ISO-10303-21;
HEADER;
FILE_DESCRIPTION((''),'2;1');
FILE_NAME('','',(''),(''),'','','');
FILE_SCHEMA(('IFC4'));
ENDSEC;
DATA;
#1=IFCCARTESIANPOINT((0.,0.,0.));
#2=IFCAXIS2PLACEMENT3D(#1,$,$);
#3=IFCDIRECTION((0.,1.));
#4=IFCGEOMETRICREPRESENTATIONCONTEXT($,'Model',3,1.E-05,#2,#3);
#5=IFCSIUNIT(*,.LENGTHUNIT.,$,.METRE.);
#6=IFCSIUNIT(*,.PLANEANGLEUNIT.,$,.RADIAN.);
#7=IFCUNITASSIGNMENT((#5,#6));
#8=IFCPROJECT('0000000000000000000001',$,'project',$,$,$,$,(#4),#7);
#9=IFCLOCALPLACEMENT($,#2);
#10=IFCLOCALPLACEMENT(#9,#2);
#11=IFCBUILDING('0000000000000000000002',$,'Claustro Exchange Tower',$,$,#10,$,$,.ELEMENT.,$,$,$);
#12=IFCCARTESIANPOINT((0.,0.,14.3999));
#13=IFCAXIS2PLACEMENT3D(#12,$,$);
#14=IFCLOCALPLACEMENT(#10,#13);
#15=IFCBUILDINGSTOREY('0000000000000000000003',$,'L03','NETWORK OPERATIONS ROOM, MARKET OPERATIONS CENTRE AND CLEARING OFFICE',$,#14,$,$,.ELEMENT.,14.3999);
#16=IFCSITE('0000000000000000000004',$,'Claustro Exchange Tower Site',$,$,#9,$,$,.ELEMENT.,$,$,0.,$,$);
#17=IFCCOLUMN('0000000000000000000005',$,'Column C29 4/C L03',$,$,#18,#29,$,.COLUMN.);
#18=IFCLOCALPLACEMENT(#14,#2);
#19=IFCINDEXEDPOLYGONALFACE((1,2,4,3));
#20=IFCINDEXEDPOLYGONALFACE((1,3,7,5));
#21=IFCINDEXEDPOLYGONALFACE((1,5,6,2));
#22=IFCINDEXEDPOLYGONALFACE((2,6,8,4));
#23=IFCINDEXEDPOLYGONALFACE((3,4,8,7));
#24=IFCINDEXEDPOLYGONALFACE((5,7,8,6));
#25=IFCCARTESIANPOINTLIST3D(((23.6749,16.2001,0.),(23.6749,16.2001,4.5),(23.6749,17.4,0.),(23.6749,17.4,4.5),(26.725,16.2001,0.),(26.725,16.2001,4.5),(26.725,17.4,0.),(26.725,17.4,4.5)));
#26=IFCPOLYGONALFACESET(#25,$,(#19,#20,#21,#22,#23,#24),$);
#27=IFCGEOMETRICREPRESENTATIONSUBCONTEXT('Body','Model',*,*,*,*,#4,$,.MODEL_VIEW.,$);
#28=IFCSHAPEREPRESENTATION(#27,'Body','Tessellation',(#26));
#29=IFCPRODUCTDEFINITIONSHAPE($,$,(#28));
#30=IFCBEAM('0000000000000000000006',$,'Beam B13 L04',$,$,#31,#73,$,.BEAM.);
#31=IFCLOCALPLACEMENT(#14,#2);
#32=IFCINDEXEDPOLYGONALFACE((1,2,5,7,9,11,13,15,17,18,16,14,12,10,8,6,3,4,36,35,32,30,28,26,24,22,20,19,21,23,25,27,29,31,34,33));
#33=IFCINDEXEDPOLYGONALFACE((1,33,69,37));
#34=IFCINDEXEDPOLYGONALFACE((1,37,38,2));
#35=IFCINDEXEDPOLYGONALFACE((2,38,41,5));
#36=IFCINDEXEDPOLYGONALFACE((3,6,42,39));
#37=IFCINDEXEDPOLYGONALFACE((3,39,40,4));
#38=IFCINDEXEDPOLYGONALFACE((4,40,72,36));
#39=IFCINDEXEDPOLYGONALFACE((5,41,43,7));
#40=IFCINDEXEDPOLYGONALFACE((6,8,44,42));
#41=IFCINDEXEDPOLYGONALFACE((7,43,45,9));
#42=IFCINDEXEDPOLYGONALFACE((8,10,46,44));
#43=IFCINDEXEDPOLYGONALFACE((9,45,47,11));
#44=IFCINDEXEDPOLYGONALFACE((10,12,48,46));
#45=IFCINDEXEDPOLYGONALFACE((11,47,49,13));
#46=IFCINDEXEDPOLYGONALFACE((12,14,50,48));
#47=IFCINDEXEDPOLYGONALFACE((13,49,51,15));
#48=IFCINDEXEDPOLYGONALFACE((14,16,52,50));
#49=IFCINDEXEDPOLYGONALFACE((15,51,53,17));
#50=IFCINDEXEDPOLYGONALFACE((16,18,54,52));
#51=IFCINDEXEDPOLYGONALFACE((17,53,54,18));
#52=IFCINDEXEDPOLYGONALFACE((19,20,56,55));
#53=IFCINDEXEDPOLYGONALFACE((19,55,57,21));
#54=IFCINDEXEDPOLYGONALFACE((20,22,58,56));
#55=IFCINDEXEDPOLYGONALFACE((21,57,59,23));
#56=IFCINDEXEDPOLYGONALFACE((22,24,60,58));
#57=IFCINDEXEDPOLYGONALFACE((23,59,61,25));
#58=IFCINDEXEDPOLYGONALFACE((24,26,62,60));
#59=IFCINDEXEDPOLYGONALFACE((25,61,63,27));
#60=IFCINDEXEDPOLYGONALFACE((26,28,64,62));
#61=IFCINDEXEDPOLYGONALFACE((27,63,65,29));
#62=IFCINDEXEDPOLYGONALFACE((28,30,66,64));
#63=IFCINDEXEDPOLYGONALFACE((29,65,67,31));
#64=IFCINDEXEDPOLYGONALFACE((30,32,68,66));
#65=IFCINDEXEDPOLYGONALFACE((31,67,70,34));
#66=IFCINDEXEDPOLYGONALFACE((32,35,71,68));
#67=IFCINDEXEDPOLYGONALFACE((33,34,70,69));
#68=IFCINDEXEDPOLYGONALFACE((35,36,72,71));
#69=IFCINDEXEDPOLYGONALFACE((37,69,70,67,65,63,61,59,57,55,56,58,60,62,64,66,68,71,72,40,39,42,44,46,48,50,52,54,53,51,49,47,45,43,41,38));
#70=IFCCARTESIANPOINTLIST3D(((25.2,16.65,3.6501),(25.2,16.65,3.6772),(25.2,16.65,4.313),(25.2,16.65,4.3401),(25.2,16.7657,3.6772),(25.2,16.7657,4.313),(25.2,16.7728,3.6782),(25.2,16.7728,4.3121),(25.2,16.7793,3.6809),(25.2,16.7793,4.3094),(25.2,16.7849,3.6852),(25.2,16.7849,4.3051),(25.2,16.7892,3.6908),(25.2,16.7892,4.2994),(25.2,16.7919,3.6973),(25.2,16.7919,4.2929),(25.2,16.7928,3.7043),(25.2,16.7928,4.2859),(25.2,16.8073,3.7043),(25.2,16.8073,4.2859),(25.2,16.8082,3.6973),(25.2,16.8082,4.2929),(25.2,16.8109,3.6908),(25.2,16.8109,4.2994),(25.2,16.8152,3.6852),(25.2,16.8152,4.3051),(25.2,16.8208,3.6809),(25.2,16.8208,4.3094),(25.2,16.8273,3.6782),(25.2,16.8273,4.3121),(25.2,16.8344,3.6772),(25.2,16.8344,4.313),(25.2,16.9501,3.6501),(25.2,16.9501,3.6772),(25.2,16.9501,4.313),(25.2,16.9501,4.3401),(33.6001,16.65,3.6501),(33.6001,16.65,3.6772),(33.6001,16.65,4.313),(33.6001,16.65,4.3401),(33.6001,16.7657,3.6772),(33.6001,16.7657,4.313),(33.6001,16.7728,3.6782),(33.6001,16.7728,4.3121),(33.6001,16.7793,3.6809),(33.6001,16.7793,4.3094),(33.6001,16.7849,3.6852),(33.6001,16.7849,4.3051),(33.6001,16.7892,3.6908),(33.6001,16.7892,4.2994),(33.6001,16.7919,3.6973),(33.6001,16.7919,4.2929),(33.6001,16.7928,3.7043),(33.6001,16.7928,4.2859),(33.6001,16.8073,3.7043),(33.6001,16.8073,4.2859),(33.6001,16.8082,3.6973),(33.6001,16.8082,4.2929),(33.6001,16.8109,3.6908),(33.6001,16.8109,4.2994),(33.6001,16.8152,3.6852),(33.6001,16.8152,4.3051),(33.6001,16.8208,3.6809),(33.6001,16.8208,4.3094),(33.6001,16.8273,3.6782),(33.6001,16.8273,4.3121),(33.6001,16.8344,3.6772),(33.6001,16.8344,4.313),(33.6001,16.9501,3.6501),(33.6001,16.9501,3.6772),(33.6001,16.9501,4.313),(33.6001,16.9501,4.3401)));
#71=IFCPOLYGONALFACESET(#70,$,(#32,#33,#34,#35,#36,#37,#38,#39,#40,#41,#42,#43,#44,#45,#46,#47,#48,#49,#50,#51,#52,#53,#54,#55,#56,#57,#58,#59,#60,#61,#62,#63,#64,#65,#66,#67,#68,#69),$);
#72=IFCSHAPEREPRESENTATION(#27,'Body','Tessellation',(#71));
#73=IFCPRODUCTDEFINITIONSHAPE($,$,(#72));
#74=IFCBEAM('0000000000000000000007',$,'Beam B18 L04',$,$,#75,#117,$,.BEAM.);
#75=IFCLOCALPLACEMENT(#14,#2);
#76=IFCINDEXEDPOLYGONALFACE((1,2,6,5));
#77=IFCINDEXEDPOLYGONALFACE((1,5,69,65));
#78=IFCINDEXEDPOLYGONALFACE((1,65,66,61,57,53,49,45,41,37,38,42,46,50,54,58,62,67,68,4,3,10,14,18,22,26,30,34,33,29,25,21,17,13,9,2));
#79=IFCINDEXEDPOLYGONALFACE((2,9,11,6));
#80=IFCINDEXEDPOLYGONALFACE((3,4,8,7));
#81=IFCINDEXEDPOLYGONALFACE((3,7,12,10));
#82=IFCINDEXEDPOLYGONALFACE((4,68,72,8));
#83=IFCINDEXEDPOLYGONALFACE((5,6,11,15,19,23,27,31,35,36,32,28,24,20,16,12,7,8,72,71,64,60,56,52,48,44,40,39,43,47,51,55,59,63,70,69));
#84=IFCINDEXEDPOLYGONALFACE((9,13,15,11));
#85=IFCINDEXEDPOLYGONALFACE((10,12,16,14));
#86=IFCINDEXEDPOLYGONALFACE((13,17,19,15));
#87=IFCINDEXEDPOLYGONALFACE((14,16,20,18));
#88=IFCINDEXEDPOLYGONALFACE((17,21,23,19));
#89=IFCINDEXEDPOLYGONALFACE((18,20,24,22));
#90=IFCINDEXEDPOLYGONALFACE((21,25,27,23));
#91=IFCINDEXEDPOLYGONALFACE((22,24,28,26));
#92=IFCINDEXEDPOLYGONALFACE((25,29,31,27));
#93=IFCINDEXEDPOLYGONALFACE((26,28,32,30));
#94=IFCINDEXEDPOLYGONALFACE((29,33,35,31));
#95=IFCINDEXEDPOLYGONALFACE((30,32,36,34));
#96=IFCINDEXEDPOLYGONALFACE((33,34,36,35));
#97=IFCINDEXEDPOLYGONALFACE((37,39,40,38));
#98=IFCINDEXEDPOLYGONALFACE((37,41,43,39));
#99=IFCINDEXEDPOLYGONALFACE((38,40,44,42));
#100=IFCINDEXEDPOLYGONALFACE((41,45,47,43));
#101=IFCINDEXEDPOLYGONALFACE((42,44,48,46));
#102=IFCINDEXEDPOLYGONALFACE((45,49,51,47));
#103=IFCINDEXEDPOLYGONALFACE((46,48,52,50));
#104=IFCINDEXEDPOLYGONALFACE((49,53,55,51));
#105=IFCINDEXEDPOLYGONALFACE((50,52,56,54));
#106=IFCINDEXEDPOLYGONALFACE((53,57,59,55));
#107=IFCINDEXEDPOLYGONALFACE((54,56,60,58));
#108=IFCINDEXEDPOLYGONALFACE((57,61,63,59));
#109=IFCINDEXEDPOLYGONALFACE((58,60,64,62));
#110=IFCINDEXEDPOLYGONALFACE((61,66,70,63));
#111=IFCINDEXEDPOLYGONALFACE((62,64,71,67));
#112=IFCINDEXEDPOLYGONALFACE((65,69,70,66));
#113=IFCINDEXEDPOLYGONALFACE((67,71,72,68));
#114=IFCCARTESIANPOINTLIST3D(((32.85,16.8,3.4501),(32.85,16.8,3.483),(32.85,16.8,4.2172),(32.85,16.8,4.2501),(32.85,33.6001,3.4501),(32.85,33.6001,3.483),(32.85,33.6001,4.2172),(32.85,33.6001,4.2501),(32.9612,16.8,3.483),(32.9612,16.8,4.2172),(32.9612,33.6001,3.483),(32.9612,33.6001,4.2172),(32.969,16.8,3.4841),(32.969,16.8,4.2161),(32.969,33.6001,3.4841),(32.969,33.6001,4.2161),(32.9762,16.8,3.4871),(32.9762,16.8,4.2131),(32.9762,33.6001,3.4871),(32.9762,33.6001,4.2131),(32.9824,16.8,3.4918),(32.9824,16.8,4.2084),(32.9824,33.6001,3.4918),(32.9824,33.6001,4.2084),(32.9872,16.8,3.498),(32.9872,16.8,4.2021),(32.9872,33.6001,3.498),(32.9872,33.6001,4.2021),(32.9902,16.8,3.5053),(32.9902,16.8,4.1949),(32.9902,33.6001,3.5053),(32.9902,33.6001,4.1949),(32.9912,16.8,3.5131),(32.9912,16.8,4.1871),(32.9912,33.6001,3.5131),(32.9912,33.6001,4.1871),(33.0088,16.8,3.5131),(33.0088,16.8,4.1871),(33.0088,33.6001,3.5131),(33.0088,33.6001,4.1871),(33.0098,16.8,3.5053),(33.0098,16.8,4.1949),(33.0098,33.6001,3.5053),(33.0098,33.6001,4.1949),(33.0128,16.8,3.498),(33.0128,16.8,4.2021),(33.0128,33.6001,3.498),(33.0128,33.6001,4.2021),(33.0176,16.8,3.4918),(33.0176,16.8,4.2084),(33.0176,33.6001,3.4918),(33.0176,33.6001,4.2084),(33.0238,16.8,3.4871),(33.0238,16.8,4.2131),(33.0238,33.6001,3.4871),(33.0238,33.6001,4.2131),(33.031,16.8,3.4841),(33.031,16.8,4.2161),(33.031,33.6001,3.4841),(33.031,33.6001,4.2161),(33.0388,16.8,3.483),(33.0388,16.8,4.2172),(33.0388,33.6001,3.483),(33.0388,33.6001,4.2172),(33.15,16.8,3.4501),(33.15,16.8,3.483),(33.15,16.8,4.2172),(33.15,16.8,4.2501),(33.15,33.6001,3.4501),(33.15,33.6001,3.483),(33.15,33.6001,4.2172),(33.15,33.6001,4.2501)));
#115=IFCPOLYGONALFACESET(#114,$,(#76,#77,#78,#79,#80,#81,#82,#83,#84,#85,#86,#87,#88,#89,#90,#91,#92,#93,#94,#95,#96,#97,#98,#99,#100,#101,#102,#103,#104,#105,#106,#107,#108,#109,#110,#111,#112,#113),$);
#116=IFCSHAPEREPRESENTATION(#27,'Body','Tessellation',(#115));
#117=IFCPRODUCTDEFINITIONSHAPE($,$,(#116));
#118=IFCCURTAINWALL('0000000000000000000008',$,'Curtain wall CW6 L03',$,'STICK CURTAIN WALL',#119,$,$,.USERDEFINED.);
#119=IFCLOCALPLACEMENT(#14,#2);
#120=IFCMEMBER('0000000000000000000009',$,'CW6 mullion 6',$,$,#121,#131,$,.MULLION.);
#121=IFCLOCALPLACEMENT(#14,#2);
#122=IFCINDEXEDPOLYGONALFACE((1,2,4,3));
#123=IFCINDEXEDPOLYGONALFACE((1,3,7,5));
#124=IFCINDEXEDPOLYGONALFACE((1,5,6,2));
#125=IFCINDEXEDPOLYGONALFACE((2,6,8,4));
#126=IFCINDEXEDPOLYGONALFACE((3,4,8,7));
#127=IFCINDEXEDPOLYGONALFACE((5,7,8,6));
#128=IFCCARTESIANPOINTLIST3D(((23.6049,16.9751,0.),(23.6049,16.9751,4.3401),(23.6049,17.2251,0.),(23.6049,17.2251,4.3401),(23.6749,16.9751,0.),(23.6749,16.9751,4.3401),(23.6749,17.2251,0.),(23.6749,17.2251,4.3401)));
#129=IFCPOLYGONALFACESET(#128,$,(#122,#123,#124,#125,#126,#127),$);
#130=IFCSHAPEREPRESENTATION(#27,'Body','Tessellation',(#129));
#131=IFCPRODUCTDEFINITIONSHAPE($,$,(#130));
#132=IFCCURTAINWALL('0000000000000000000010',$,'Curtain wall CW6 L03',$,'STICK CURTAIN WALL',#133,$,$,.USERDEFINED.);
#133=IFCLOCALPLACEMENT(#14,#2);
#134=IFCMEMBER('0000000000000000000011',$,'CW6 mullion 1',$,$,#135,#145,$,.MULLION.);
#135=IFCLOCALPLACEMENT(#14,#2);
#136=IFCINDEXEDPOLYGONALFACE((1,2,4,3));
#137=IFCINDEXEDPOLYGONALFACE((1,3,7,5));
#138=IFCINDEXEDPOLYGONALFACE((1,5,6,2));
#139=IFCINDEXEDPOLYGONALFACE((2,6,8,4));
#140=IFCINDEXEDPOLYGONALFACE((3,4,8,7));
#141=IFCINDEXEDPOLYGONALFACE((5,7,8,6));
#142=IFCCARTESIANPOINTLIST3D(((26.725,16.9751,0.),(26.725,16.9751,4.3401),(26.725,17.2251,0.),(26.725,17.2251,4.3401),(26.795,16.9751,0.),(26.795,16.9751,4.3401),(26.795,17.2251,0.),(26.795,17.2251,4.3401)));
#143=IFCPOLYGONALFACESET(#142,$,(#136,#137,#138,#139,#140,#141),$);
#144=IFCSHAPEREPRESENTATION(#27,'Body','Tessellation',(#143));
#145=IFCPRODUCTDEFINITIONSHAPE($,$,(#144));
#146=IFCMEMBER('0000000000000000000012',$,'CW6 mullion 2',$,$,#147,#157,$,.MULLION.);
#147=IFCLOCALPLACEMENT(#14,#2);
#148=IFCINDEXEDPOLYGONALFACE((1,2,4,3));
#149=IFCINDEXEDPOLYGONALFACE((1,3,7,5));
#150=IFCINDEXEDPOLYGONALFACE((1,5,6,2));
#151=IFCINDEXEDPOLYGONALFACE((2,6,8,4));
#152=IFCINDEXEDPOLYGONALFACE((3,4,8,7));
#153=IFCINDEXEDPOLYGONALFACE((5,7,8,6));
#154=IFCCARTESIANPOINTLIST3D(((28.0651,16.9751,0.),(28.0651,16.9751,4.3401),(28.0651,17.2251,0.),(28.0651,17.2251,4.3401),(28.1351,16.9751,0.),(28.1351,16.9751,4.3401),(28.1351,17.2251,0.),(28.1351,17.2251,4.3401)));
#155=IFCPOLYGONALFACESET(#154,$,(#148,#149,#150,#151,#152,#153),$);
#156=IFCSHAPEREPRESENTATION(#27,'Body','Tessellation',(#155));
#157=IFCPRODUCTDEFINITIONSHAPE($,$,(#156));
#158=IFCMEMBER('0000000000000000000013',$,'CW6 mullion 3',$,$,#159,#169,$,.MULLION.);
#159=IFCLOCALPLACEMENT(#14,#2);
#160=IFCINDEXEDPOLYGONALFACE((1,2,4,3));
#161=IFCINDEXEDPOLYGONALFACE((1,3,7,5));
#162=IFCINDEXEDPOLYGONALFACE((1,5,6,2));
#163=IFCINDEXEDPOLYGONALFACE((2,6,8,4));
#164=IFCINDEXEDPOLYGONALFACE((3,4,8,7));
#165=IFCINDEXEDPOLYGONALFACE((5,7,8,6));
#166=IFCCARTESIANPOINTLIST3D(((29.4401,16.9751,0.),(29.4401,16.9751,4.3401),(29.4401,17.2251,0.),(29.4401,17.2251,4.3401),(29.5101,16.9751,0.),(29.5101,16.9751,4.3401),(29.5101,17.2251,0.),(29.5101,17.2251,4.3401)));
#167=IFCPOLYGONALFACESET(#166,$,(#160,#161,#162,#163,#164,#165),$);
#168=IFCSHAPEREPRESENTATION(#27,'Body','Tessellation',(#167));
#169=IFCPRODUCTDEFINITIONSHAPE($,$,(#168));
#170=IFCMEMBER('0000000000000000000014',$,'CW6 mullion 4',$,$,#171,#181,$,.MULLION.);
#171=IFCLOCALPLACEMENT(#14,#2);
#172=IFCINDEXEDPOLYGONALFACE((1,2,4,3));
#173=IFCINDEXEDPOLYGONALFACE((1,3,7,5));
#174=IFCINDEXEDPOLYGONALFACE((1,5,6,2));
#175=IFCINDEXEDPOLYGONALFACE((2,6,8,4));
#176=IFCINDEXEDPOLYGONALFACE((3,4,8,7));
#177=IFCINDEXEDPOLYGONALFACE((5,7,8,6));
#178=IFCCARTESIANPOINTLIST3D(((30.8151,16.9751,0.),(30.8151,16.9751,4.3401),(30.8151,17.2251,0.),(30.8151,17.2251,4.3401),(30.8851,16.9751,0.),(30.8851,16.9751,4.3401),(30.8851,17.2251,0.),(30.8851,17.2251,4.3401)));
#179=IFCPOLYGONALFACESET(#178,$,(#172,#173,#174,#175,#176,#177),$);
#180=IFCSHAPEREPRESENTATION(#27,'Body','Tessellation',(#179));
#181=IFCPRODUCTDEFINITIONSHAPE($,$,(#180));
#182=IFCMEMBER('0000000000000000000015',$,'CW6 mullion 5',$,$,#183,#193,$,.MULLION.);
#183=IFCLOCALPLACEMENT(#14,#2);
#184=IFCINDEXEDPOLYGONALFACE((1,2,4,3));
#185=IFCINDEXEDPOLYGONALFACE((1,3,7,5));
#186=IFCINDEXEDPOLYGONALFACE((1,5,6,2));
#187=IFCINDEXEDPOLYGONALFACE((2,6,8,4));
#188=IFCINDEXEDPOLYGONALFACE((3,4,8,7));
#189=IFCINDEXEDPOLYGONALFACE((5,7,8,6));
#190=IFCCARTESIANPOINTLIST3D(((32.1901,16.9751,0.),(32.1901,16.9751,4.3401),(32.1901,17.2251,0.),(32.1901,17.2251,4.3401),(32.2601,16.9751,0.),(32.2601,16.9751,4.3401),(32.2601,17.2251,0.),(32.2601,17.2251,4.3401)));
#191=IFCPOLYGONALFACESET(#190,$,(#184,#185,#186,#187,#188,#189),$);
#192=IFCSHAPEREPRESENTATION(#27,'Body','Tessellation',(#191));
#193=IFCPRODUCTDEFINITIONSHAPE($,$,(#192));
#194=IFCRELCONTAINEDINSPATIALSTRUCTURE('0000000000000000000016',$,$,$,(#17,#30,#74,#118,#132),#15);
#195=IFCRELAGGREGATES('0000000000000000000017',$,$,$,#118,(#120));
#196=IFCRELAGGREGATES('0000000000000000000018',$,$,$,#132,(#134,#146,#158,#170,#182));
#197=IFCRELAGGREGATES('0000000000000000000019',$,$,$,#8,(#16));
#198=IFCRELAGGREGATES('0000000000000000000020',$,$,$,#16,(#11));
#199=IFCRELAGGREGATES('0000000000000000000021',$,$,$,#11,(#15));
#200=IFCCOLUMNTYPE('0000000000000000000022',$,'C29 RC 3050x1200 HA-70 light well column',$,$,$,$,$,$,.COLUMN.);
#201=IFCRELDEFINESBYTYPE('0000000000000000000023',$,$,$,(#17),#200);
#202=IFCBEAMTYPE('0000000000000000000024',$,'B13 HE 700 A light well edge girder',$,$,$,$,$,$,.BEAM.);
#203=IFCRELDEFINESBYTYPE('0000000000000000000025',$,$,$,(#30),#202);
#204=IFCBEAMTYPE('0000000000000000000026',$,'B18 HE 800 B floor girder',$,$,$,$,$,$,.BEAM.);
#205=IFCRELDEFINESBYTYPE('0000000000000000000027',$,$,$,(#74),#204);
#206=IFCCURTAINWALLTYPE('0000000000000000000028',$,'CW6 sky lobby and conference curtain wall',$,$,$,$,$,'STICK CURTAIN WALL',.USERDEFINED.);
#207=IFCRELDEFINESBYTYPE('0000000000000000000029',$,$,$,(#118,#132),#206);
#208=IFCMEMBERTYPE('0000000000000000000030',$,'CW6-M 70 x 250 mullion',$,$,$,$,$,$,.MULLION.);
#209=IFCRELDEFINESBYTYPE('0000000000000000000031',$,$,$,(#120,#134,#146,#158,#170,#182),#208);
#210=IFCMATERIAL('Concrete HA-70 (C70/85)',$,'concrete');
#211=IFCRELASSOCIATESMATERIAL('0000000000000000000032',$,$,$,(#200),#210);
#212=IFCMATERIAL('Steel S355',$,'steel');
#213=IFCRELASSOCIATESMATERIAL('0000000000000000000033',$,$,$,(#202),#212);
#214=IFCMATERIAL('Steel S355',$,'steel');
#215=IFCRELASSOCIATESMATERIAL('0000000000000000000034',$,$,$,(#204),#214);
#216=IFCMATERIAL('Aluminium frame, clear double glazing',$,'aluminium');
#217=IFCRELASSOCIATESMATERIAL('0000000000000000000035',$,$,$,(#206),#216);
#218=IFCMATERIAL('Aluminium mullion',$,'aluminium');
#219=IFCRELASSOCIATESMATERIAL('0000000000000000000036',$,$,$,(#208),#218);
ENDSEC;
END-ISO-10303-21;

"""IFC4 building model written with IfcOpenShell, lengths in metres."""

from ifc_helpers import new_model, si_unit, direction, frame, origin, origin_2d, place, context, subcontext, project, spatial, rectangle, i_section, extrude, material, material_profile, profile_set, type_object, element, aggregate, save


model = new_model("IFC4")

# Units and contexts
model_context = context("Model", 3, precision=1e-05, world=origin(), true_north=direction((0.0, 1.0)))
body_context = subcontext(model_context, "Body", "Model", "MODEL_VIEW")
ifc_project = project(units=[si_unit("LENGTHUNIT", "METRE"), si_unit("PLANEANGLEUNIT", "RADIAN")], contexts=[model_context])

# Site, building, storey
site_placement = place(None, origin())
site = spatial("IfcSite", under=ifc_project, at=site_placement, Name="Claustro Exchange Tower Site", CompositionType="ELEMENT", RefElevation=0.0)
building_placement = place(site_placement, origin())
building = spatial("IfcBuilding", under=site, at=building_placement, Name="Claustro Exchange Tower", CompositionType="ELEMENT")
storey_placement = place(building_placement, frame((0.0, 0.0, 14.3999)))
storey = spatial("IfcBuildingStorey", under=building, at=storey_placement, Name="L03", Description="NETWORK OPERATIONS ROOM, MARKET OPERATIONS CENTRE AND CLEARING OFFICE", CompositionType="ELEMENT", Elevation=14.3999)

# Column
ifc_material_1 = material(Name="Concrete HA-70 (C70/85)", Category="concrete")
ifc_material_profile_1 = material_profile(ifc_material_1, rectangle(XDim=3.05, YDim=1.2, at=origin_2d()), Name="RC 3050x1200")
ifc_profile_set_1 = profile_set([ifc_material_profile_1], Name="Concrete HA-70 (C70/85)")
column_type = type_object("IfcColumnType", Name="C29 RC 3050x1200 HA-70 light well column", PredefinedType="COLUMN", material=ifc_profile_set_1)
column_placement = place(storey_placement, frame((25.2, 16.8, 0.0), z_axis=(0.0, 0.0, 1.0), x_axis=(1.0, 0.0, 0.0)))
element("IfcColumn", 1, at=column_placement, inside=storey, type_object=column_type, Name="Column C29 4/C L03", PredefinedType="COLUMN", context=body_context, shape_type="SweptSolid", body=[
    extrude(rectangle(XDim=3.05, YDim=1.2, at=origin_2d()), origin(), (0.0, 0.0, 1.0), 4.5),
])

# Beams
ifc_material_2 = material(Name="Steel S355", Category="steel")
ifc_material_profile_2 = material_profile(ifc_material_2, i_section(OverallWidth=0.3, OverallDepth=0.6899, WebThickness=0.0144, FlangeThickness=0.0271, FilletRadius=0.0271, at=origin_2d()), Name="HE 700 A")
ifc_profile_set_2 = profile_set([ifc_material_profile_2], Name="Steel S355")
beam_type_1 = type_object("IfcBeamType", Name="B13 HE 700 A light well edge girder", PredefinedType="BEAM", material=ifc_profile_set_2)
beam_1_placement = place(storey_placement, frame((25.2, 16.8, 3.9951), z_axis=(1.0, 0.0, 0.0), x_axis=(0.0, 1.0, 0.0)))
element("IfcBeam", 2, at=beam_1_placement, inside=storey, type_object=beam_type_1, Name="Beam B13 L04", PredefinedType="BEAM", context=body_context, shape_type="SweptSolid", body=[
    extrude(i_section(OverallWidth=0.3, OverallDepth=0.6899, WebThickness=0.0144, FlangeThickness=0.0271, FilletRadius=0.0271, at=origin_2d()), origin(), (0.0, 0.0, 1.0), 8.4001),
])
ifc_material_3 = material(Name="Steel S355", Category="steel")
ifc_material_profile_3 = material_profile(ifc_material_3, i_section(OverallWidth=0.3, OverallDepth=0.8, WebThickness=0.0176, FlangeThickness=0.033, FilletRadius=0.03, at=origin_2d()), Name="HE 800 B")
ifc_profile_set_3 = profile_set([ifc_material_profile_3], Name="Steel S355")
beam_type_2 = type_object("IfcBeamType", Name="B18 HE 800 B floor girder", PredefinedType="BEAM", material=ifc_profile_set_3)
beam_2_placement = place(storey_placement, frame((33.0, 16.8, 3.8501), z_axis=(0.0, 1.0, 0.0), x_axis=(-1.0, 0.0, 0.0)))
element("IfcBeam", 3, at=beam_2_placement, inside=storey, type_object=beam_type_2, Name="Beam B18 L04", PredefinedType="BEAM", context=body_context, shape_type="SweptSolid", body=[
    extrude(i_section(OverallWidth=0.3, OverallDepth=0.8, WebThickness=0.0176, FlangeThickness=0.033, FilletRadius=0.03, at=origin_2d()), origin(), (0.0, 0.0, 1.0), 16.8),
])

# Curtain wall, member
ifc_material_4 = material(Name="Aluminium frame, clear double glazing", Category="aluminium")
curtain_wall_type = type_object("IfcCurtainWallType", Name="CW6 sky lobby and conference curtain wall", ElementType="STICK CURTAIN WALL", PredefinedType="USERDEFINED", material=ifc_material_4)
curtain_wall_1_placement = place(storey_placement, origin())
curtain_wall_1 = element("IfcCurtainWall", 4, at=curtain_wall_1_placement, inside=storey, type_object=curtain_wall_type, Name="Curtain wall CW6 L03", ObjectType="STICK CURTAIN WALL", PredefinedType="USERDEFINED")
ifc_material_5 = material(Name="Aluminium mullion", Category="aluminium")
ifc_material_profile_4 = material_profile(ifc_material_5, rectangle(XDim=0.25, YDim=0.0701, at=origin_2d()), Name="CW6-M 70x250")
ifc_profile_set_4 = profile_set([ifc_material_profile_4], Name="Aluminium mullion")
member_type_1 = type_object("IfcMemberType", Name="CW6-M 70 x 250 mullion", PredefinedType="MULLION", material=ifc_profile_set_4)
member_1_placement = place(storey_placement, frame((23.6399, 17.1001, 0.0), z_axis=(0.0, 0.0, 1.0), x_axis=(0.0, 1.0, 0.0)))
member_1 = element("IfcMember", 5, at=member_1_placement, type_object=member_type_1, Name="CW6 mullion 6", PredefinedType="MULLION", context=body_context, shape_type="SweptSolid", body=[
    extrude(rectangle(XDim=0.25, YDim=0.0701, at=origin_2d()), origin(), (0.0, 0.0, 1.0), 4.3401),
])

# Curtain wall, members
curtain_wall_2_placement = place(storey_placement, origin())
curtain_wall_2 = element("IfcCurtainWall", 6, at=curtain_wall_2_placement, inside=storey, type_object=curtain_wall_type, Name="Curtain wall CW6 L03", ObjectType="STICK CURTAIN WALL", PredefinedType="USERDEFINED")
member_2_placement = place(storey_placement, frame((26.76, 17.1001, 0.0), z_axis=(0.0, 0.0, 1.0), x_axis=(0.0, 1.0, 0.0)))
member_2 = element("IfcMember", 7, at=member_2_placement, type_object=member_type_1, Name="CW6 mullion 1", PredefinedType="MULLION", context=body_context, shape_type="SweptSolid", body=[
    extrude(rectangle(XDim=0.25, YDim=0.0701, at=origin_2d()), origin(), (0.0, 0.0, 1.0), 4.3401),
])
member_3_placement = place(storey_placement, frame((28.1001, 17.1001, 0.0), z_axis=(0.0, 0.0, 1.0), x_axis=(0.0, 1.0, 0.0)))
member_3 = element("IfcMember", 8, at=member_3_placement, type_object=member_type_1, Name="CW6 mullion 2", PredefinedType="MULLION", context=body_context, shape_type="SweptSolid", body=[
    extrude(rectangle(XDim=0.25, YDim=0.0701, at=origin_2d()), origin(), (0.0, 0.0, 1.0), 4.3401),
])
member_4_placement = place(storey_placement, frame((29.4751, 17.1001, 0.0), z_axis=(0.0, 0.0, 1.0), x_axis=(0.0, 1.0, 0.0)))
member_4 = element("IfcMember", 9, at=member_4_placement, type_object=member_type_1, Name="CW6 mullion 3", PredefinedType="MULLION", context=body_context, shape_type="SweptSolid", body=[
    extrude(rectangle(XDim=0.25, YDim=0.0701, at=origin_2d()), origin(), (0.0, 0.0, 1.0), 4.3401),
])
member_5_placement = place(storey_placement, frame((30.8501, 17.1001, 0.0), z_axis=(0.0, 0.0, 1.0), x_axis=(0.0, 1.0, 0.0)))
member_5 = element("IfcMember", 10, at=member_5_placement, type_object=member_type_1, Name="CW6 mullion 4", PredefinedType="MULLION", context=body_context, shape_type="SweptSolid", body=[
    extrude(rectangle(XDim=0.25, YDim=0.0701, at=origin_2d()), origin(), (0.0, 0.0, 1.0), 4.3401),
])
member_6_placement = place(storey_placement, frame((32.2251, 17.1001, 0.0), z_axis=(0.0, 0.0, 1.0), x_axis=(0.0, 1.0, 0.0)))
member_6 = element("IfcMember", 11, at=member_6_placement, type_object=member_type_1, Name="CW6 mullion 5", PredefinedType="MULLION", context=body_context, shape_type="SweptSolid", body=[
    extrude(rectangle(XDim=0.25, YDim=0.0701, at=origin_2d()), origin(), (0.0, 0.0, 1.0), 4.3401),
])

aggregate(curtain_wall_1, [member_1])
aggregate(curtain_wall_2, [member_2, member_3, member_4, member_5, member_6])

save(model, "model.ifc")
